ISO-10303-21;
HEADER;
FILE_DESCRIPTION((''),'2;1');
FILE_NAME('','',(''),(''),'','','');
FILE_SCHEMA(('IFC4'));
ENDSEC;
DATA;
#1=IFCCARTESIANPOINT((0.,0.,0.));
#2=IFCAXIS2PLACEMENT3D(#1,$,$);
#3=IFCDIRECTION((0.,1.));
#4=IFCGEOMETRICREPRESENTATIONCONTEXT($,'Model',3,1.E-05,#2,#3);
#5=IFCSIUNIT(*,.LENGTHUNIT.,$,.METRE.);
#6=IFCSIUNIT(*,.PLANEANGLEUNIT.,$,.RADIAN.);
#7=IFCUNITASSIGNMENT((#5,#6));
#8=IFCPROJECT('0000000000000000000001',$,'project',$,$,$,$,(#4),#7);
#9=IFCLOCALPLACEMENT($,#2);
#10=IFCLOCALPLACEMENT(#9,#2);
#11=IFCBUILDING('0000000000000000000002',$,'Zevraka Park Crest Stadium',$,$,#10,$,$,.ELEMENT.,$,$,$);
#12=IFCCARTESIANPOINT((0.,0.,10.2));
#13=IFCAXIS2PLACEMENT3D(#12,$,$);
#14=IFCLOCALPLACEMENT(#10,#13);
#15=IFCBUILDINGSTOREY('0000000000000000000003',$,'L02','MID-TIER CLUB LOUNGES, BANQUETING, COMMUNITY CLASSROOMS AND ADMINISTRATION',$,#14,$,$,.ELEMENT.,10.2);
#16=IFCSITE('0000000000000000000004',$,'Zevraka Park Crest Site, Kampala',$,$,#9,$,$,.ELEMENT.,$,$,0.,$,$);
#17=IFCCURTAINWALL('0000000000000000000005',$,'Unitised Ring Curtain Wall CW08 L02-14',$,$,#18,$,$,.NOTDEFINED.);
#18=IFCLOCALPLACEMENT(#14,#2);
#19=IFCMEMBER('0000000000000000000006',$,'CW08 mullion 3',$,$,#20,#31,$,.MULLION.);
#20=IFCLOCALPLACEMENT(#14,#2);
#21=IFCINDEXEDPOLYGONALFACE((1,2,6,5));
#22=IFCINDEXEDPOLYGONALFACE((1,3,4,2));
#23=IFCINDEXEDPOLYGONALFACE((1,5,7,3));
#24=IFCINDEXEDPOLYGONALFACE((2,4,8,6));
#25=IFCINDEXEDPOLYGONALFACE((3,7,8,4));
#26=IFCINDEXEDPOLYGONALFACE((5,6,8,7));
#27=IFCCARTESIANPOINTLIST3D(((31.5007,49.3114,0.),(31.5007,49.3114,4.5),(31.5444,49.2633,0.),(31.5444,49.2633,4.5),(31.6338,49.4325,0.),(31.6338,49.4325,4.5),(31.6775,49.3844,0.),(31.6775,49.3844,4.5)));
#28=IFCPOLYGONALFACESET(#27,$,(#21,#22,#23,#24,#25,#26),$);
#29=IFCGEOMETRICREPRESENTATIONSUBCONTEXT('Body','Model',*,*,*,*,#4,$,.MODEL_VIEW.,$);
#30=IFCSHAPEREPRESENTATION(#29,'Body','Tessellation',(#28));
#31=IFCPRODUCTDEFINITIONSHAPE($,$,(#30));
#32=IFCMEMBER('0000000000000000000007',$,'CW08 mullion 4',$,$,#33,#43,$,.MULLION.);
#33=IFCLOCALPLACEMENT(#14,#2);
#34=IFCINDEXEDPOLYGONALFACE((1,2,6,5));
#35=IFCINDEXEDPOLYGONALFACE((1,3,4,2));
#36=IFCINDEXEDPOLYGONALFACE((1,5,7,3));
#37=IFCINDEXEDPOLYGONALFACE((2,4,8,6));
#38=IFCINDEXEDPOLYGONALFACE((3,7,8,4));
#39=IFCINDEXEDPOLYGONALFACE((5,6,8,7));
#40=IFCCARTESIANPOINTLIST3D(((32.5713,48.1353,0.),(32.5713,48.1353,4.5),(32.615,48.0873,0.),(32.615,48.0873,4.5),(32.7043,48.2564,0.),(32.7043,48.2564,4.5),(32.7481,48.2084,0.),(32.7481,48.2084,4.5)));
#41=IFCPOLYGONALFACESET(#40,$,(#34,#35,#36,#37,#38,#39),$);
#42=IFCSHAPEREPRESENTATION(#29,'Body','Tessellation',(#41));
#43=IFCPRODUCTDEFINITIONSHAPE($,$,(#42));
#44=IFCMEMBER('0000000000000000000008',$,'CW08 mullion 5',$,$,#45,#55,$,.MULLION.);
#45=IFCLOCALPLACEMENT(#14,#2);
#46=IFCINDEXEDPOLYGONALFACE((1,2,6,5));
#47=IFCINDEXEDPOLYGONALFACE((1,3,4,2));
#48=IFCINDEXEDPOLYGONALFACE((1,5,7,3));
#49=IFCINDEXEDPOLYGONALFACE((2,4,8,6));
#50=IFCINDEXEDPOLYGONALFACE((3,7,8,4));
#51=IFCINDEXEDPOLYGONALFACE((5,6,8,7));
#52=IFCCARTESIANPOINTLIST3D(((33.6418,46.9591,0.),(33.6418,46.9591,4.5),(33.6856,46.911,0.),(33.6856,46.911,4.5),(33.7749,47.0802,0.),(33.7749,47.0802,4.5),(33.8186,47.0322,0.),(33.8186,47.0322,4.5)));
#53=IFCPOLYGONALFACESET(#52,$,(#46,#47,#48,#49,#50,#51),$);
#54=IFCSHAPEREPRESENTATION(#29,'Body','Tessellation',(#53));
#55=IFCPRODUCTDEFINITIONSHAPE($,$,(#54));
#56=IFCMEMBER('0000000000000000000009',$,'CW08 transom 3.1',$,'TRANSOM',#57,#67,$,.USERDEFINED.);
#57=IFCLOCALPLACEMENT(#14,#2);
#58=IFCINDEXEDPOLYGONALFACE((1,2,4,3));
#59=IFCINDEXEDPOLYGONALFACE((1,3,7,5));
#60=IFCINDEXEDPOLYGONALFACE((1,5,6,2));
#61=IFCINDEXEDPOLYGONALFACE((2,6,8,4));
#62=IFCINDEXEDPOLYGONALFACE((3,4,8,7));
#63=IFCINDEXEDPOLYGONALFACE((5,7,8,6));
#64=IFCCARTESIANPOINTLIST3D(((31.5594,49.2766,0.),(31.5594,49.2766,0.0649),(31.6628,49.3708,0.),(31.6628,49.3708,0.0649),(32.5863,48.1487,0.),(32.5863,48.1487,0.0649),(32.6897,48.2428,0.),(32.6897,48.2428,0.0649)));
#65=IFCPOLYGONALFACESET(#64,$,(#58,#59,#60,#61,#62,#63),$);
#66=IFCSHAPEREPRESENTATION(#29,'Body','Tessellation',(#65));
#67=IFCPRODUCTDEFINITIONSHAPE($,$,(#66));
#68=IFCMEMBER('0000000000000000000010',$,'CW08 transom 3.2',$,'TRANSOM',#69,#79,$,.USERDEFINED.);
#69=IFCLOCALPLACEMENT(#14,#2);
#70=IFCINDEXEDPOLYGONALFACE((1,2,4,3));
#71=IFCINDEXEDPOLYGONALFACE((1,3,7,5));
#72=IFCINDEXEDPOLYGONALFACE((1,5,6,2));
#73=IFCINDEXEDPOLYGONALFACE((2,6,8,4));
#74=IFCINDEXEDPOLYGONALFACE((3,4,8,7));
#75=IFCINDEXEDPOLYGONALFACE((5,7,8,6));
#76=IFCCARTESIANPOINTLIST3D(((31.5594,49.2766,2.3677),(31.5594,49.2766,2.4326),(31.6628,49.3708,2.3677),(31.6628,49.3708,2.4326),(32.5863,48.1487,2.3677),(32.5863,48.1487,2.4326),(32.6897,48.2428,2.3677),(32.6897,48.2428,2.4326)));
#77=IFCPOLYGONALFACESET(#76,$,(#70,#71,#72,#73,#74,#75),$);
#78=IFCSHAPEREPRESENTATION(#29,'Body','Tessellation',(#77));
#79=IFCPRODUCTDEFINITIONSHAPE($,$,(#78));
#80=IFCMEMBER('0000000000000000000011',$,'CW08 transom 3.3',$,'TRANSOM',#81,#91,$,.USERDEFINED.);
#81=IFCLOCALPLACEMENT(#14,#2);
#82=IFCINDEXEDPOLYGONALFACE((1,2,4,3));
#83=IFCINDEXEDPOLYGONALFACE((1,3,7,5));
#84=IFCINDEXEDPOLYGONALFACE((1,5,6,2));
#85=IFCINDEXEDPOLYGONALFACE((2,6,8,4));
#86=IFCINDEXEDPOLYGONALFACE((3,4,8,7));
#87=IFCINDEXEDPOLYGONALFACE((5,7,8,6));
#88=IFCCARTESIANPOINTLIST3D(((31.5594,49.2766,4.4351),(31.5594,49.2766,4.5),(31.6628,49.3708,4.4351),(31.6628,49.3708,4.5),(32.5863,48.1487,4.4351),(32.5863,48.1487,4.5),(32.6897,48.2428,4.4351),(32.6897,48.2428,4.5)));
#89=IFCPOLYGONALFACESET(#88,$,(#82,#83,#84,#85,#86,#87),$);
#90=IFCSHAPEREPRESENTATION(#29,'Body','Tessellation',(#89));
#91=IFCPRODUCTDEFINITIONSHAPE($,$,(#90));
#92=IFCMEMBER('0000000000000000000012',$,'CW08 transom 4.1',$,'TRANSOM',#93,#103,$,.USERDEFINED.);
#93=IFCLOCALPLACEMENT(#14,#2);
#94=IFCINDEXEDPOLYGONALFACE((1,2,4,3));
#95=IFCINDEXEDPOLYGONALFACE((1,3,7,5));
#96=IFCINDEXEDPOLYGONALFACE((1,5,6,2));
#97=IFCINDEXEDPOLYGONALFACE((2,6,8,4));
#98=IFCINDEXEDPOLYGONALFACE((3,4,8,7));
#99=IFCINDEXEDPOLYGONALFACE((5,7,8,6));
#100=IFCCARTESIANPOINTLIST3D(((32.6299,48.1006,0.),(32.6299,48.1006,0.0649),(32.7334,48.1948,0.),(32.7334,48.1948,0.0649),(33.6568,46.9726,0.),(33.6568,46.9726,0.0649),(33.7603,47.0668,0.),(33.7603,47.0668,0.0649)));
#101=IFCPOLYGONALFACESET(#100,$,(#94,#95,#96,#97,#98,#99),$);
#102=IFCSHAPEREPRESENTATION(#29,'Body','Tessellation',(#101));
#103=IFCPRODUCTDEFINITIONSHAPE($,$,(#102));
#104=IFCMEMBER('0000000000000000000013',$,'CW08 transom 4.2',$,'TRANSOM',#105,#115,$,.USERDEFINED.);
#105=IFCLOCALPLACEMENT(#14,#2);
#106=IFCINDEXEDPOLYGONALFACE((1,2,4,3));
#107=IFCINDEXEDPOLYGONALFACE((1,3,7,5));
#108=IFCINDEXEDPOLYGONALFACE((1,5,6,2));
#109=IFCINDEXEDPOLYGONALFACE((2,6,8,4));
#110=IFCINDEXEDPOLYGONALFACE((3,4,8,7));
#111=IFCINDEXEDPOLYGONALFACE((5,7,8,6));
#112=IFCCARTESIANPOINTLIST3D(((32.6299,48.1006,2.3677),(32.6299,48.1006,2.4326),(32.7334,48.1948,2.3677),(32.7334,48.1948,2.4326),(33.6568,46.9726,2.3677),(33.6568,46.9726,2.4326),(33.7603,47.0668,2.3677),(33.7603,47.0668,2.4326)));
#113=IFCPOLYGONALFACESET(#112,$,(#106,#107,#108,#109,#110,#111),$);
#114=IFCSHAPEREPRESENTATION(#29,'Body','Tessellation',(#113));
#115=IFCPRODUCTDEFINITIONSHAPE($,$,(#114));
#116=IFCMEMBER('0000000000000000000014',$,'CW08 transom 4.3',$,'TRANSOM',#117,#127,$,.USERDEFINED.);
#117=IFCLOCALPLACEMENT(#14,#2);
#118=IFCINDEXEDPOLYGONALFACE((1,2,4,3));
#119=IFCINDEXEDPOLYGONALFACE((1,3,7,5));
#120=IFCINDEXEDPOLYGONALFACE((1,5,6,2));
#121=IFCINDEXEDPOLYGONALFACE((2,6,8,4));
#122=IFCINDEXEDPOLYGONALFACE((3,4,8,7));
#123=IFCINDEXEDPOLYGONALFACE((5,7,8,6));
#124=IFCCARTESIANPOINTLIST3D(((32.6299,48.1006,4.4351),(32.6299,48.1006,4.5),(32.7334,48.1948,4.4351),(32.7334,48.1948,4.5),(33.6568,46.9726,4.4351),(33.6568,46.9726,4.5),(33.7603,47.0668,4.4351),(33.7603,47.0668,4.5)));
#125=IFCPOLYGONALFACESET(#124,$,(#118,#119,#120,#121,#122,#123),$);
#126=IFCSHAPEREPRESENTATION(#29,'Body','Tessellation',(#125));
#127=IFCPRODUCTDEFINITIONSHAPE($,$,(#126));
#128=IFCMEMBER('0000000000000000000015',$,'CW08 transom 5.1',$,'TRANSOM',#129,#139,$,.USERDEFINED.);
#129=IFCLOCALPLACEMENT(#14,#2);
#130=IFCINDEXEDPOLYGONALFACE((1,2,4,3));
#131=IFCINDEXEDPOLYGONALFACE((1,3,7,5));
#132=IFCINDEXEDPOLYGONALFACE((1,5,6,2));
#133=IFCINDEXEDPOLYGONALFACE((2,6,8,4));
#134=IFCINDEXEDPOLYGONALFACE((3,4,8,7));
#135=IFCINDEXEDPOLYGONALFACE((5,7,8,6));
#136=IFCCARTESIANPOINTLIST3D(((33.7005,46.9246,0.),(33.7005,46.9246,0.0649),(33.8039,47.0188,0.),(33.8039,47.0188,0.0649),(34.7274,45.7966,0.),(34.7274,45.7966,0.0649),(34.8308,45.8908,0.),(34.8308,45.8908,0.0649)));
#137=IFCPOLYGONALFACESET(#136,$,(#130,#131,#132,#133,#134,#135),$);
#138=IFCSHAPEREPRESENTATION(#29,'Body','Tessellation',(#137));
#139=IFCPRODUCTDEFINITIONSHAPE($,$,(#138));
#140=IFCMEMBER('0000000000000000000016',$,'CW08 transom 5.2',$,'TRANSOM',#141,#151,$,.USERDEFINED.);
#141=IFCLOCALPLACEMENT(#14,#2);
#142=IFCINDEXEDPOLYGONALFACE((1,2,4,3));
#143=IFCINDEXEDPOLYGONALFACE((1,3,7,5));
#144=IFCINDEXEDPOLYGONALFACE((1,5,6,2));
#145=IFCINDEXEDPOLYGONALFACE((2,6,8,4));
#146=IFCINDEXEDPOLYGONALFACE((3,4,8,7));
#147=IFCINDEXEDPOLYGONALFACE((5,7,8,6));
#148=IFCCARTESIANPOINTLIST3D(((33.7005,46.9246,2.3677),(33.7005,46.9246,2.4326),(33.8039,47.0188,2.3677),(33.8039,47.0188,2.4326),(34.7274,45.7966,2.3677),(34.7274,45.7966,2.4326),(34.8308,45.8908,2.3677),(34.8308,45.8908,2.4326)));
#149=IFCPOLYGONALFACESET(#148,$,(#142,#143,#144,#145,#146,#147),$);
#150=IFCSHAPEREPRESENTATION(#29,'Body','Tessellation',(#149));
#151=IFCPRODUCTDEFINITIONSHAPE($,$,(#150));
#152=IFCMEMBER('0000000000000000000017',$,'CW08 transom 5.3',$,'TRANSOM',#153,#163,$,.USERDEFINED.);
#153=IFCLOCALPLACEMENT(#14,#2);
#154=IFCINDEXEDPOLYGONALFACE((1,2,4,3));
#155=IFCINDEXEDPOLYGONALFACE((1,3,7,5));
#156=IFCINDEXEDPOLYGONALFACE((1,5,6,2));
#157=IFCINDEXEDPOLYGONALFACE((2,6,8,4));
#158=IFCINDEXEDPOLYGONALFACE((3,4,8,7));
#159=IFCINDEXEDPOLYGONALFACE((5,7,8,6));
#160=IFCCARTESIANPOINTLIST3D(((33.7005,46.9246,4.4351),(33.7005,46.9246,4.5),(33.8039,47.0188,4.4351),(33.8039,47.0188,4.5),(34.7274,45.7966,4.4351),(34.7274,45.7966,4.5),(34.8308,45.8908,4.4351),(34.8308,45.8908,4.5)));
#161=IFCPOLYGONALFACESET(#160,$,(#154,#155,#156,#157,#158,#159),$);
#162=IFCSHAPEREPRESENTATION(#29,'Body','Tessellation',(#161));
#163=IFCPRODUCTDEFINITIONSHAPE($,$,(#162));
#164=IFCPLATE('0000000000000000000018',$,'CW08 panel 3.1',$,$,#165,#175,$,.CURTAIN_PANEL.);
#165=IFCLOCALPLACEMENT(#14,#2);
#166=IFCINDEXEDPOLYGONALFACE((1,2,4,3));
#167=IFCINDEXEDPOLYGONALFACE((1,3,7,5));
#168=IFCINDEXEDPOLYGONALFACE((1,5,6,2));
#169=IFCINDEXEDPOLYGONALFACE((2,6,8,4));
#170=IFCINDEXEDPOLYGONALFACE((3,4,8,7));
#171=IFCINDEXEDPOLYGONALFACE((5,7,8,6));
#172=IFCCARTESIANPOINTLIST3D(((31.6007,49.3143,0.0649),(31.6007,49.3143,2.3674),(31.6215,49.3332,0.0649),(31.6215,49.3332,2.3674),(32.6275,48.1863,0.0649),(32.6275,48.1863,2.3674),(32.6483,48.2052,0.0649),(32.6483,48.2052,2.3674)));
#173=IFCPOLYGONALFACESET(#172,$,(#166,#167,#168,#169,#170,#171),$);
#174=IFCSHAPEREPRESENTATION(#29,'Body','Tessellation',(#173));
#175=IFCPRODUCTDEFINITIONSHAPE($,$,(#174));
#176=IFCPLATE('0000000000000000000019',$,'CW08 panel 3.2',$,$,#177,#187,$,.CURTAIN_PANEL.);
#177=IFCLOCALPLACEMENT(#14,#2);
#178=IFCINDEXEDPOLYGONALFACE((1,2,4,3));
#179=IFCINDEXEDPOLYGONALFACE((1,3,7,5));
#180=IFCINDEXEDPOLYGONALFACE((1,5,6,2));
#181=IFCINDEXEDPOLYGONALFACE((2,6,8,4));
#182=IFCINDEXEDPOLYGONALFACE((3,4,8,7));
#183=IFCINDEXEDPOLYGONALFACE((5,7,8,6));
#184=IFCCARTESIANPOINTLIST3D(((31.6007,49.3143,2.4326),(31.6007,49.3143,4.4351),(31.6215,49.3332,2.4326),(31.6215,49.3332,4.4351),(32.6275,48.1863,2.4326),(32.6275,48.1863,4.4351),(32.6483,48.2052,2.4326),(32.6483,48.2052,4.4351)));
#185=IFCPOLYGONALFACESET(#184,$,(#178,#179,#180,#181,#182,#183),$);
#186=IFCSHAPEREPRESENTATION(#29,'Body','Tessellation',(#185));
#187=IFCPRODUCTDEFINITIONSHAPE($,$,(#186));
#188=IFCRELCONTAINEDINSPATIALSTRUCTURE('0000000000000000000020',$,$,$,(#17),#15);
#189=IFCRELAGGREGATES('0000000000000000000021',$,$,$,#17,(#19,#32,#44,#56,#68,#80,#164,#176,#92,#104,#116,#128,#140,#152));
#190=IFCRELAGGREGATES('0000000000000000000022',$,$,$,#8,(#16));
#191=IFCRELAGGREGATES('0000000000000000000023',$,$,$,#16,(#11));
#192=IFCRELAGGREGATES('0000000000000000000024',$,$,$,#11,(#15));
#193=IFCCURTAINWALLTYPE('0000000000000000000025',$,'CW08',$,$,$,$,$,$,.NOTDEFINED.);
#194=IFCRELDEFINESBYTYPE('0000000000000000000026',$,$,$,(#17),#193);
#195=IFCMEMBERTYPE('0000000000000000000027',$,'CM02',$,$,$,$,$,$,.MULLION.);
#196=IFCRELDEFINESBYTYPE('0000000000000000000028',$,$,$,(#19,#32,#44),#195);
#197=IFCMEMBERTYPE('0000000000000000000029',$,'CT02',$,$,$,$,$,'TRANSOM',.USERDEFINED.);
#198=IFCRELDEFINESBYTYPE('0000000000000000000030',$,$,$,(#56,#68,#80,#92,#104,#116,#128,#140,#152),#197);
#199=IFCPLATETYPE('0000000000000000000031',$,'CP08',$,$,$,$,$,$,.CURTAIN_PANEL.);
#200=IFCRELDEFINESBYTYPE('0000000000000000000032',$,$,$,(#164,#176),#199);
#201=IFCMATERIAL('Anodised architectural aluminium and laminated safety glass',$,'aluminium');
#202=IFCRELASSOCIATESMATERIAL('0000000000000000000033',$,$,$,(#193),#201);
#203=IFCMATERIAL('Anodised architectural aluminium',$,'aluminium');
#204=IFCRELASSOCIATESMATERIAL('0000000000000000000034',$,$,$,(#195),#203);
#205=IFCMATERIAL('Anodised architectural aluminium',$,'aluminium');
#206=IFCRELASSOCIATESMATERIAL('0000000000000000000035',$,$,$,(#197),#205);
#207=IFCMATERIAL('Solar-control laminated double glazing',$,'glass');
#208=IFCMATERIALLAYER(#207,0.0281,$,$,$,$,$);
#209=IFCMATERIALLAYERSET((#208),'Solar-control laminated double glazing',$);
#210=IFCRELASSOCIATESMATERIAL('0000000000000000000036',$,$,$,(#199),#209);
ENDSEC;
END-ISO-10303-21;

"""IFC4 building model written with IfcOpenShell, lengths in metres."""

from ifc_helpers import new_model, si_unit, direction, frame, origin, origin_2d, place, context, subcontext, project, spatial, rectangle, extrude, material, layer, layer_set, material_profile, profile_set, type_object, element, aggregate, save


model = new_model("IFC4")

# Units and contexts
model_context = context("Model", 3, precision=1e-05, world=origin(), true_north=direction((0.0, 1.0)))
body_context = subcontext(model_context, "Body", "Model", "MODEL_VIEW")
ifc_project = project(units=[si_unit("LENGTHUNIT", "METRE"), si_unit("PLANEANGLEUNIT", "RADIAN")], contexts=[model_context])

# Site, building, storey
site_placement = place(None, origin())
site = spatial("IfcSite", under=ifc_project, at=site_placement, Name="Zevraka Park Crest Site, Kampala", CompositionType="ELEMENT", RefElevation=0.0)
building_placement = place(site_placement, origin())
building = spatial("IfcBuilding", under=site, at=building_placement, Name="Zevraka Park Crest Stadium", CompositionType="ELEMENT")
storey_placement = place(building_placement, frame((0.0, 0.0, 10.2)))
storey = spatial("IfcBuildingStorey", under=building, at=storey_placement, Name="L02", Description="MID-TIER CLUB LOUNGES, BANQUETING, COMMUNITY CLASSROOMS AND ADMINISTRATION", CompositionType="ELEMENT", Elevation=10.2)

# Curtain wall, members, plates
ifc_material_1 = material(Name="Anodised architectural aluminium and laminated safety glass", Category="aluminium")
curtain_wall_type = type_object("IfcCurtainWallType", Name="CW08", PredefinedType="NOTDEFINED", material=ifc_material_1)
curtain_wall_placement = place(storey_placement, origin())
curtain_wall = element("IfcCurtainWall", 1, at=curtain_wall_placement, inside=storey, type_object=curtain_wall_type, Name="Unitised Ring Curtain Wall CW08 L02-14", PredefinedType="NOTDEFINED")
ifc_material_2 = material(Name="Anodised architectural aluminium", Category="aluminium")
ifc_material_profile_1 = material_profile(ifc_material_2, rectangle(XDim=0.1799, YDim=0.0649, at=origin_2d()), Name="ALU MULLION 180x65")
ifc_profile_set_1 = profile_set([ifc_material_profile_1], Name="Anodised architectural aluminium")
member_type_1 = type_object("IfcMemberType", Name="CM02", PredefinedType="MULLION", material=ifc_profile_set_1)
member_1_placement = place(storey_placement, frame((31.5891, 49.3479, 0.0), z_axis=(0.0, 0.0, 1.0), x_axis=(0.739497, 0.67316, 0.0)))
member_1 = element("IfcMember", 2, at=member_1_placement, type_object=member_type_1, Name="CW08 mullion 3", PredefinedType="MULLION", context=body_context, shape_type="SweptSolid", body=[
    extrude(rectangle(XDim=0.1799, YDim=0.0649, at=origin_2d()), origin(), (0.0, 0.0, 1.0), 4.5),
])
member_2_placement = place(storey_placement, frame((32.6597, 48.1719, 0.0), z_axis=(0.0, 0.0, 1.0), x_axis=(0.739497, 0.67316, 0.0)))
member_2 = element("IfcMember", 3, at=member_2_placement, type_object=member_type_1, Name="CW08 mullion 4", PredefinedType="MULLION", context=body_context, shape_type="SweptSolid", body=[
    extrude(rectangle(XDim=0.1799, YDim=0.0649, at=origin_2d()), origin(), (0.0, 0.0, 1.0), 4.5),
])
member_3_placement = place(storey_placement, frame((33.7302, 46.9956, 0.0), z_axis=(0.0, 0.0, 1.0), x_axis=(0.739497, 0.67316, 0.0)))
member_3 = element("IfcMember", 4, at=member_3_placement, type_object=member_type_1, Name="CW08 mullion 5", PredefinedType="MULLION", context=body_context, shape_type="SweptSolid", body=[
    extrude(rectangle(XDim=0.1799, YDim=0.0649, at=origin_2d()), origin(), (0.0, 0.0, 1.0), 4.5),
])
ifc_material_3 = material(Name="Anodised architectural aluminium", Category="aluminium")
ifc_material_profile_2 = material_profile(ifc_material_3, rectangle(XDim=0.1399, YDim=0.0649, at=origin_2d()), Name="ALU TRANSOM 140x65")
ifc_profile_set_2 = profile_set([ifc_material_profile_2], Name="Anodised architectural aluminium")
member_type_2 = type_object("IfcMemberType", Name="CT02", ElementType="TRANSOM", PredefinedType="USERDEFINED", material=ifc_profile_set_2)
member_4_placement = place(storey_placement, frame((31.6111, 49.3237, 0.0325), z_axis=(0.673198, -0.739462, 0.0), x_axis=(0.739462, 0.673198, 0.0)))
member_4 = element("IfcMember", 5, at=member_4_placement, type_object=member_type_2, Name="CW08 transom 3.1", ObjectType="TRANSOM", PredefinedType="USERDEFINED", context=body_context, shape_type="SweptSolid", body=[
    extrude(rectangle(XDim=0.1399, YDim=0.0649, at=origin_2d()), origin(), (0.0, 0.0, 1.0), 1.5254),
])
member_5_placement = place(storey_placement, frame((31.6111, 49.3237, 2.4001), z_axis=(0.673198, -0.739462, 0.0), x_axis=(0.739462, 0.673198, 0.0)))
member_5 = element("IfcMember", 6, at=member_5_placement, type_object=member_type_2, Name="CW08 transom 3.2", ObjectType="TRANSOM", PredefinedType="USERDEFINED", context=body_context, shape_type="SweptSolid", body=[
    extrude(rectangle(XDim=0.1399, YDim=0.0649, at=origin_2d()), origin(), (0.0, 0.0, 1.0), 1.5254),
])
member_6_placement = place(storey_placement, frame((31.6111, 49.3237, 4.4675), z_axis=(0.673198, -0.739462, 0.0), x_axis=(0.739462, 0.673198, 0.0)))
member_6 = element("IfcMember", 7, at=member_6_placement, type_object=member_type_2, Name="CW08 transom 3.3", ObjectType="TRANSOM", PredefinedType="USERDEFINED", context=body_context, shape_type="SweptSolid", body=[
    extrude(rectangle(XDim=0.1399, YDim=0.0649, at=origin_2d()), origin(), (0.0, 0.0, 1.0), 1.5254),
])
member_7_placement = place(storey_placement, frame((32.6816, 48.1477, 0.0325), z_axis=(0.673198, -0.739462, 0.0), x_axis=(0.739462, 0.673198, 0.0)))
member_7 = element("IfcMember", 8, at=member_7_placement, type_object=member_type_2, Name="CW08 transom 4.1", ObjectType="TRANSOM", PredefinedType="USERDEFINED", context=body_context, shape_type="SweptSolid", body=[
    extrude(rectangle(XDim=0.1399, YDim=0.0649, at=origin_2d()), origin(), (0.0, 0.0, 1.0), 1.5254),
])
member_8_placement = place(storey_placement, frame((32.6816, 48.1477, 2.4001), z_axis=(0.673198, -0.739462, 0.0), x_axis=(0.739462, 0.673198, 0.0)))
member_8 = element("IfcMember", 9, at=member_8_placement, type_object=member_type_2, Name="CW08 transom 4.2", ObjectType="TRANSOM", PredefinedType="USERDEFINED", context=body_context, shape_type="SweptSolid", body=[
    extrude(rectangle(XDim=0.1399, YDim=0.0649, at=origin_2d()), origin(), (0.0, 0.0, 1.0), 1.5254),
])
member_9_placement = place(storey_placement, frame((32.6816, 48.1477, 4.4675), z_axis=(0.673198, -0.739462, 0.0), x_axis=(0.739462, 0.673198, 0.0)))
member_9 = element("IfcMember", 10, at=member_9_placement, type_object=member_type_2, Name="CW08 transom 4.3", ObjectType="TRANSOM", PredefinedType="USERDEFINED", context=body_context, shape_type="SweptSolid", body=[
    extrude(rectangle(XDim=0.1399, YDim=0.0649, at=origin_2d()), origin(), (0.0, 0.0, 1.0), 1.5254),
])
member_10_placement = place(storey_placement, frame((33.7522, 46.9717, 0.0325), z_axis=(0.673198, -0.739462, 0.0), x_axis=(0.739462, 0.673198, 0.0)))
member_10 = element("IfcMember", 11, at=member_10_placement, type_object=member_type_2, Name="CW08 transom 5.1", ObjectType="TRANSOM", PredefinedType="USERDEFINED", context=body_context, shape_type="SweptSolid", body=[
    extrude(rectangle(XDim=0.1399, YDim=0.0649, at=origin_2d()), origin(), (0.0, 0.0, 1.0), 1.5254),
])
member_11_placement = place(storey_placement, frame((33.7522, 46.9717, 2.4001), z_axis=(0.673198, -0.739462, 0.0), x_axis=(0.739462, 0.673198, 0.0)))
member_11 = element("IfcMember", 12, at=member_11_placement, type_object=member_type_2, Name="CW08 transom 5.2", ObjectType="TRANSOM", PredefinedType="USERDEFINED", context=body_context, shape_type="SweptSolid", body=[
    extrude(rectangle(XDim=0.1399, YDim=0.0649, at=origin_2d()), origin(), (0.0, 0.0, 1.0), 1.5254),
])
member_12_placement = place(storey_placement, frame((33.7522, 46.9717, 4.4675), z_axis=(0.673198, -0.739462, 0.0), x_axis=(0.739462, 0.673198, 0.0)))
member_12 = element("IfcMember", 13, at=member_12_placement, type_object=member_type_2, Name="CW08 transom 5.3", ObjectType="TRANSOM", PredefinedType="USERDEFINED", context=body_context, shape_type="SweptSolid", body=[
    extrude(rectangle(XDim=0.1399, YDim=0.0649, at=origin_2d()), origin(), (0.0, 0.0, 1.0), 1.5254),
])
ifc_material_4 = material(Name="Solar-control laminated double glazing", Category="glass")
ifc_layer_1 = layer(ifc_material_4, 0.0281)
ifc_layer_set_1 = layer_set([ifc_layer_1], Name="Solar-control laminated double glazing")
plate_type = type_object("IfcPlateType", Name="CP08", PredefinedType="CURTAIN_PANEL", material=ifc_layer_set_1)
plate_1_placement = place(storey_placement, frame((32.1245, 48.7598, 0.0649), z_axis=(0.0, 0.0, 1.0), x_axis=(0.67316, -0.739497, 0.0)))
plate_1 = element("IfcPlate", 14, at=plate_1_placement, type_object=plate_type, Name="CW08 panel 3.1", PredefinedType="CURTAIN_PANEL", context=body_context, shape_type="SweptSolid", body=[
    extrude(rectangle(XDim=1.5254, YDim=0.0281, at=origin_2d()), origin(), (0.0, 0.0, 1.0), 2.3025),
])
plate_2_placement = place(storey_placement, frame((32.1245, 48.7598, 2.4326), z_axis=(0.0, 0.0, 1.0), x_axis=(0.67316, -0.739497, 0.0)))
plate_2 = element("IfcPlate", 15, at=plate_2_placement, type_object=plate_type, Name="CW08 panel 3.2", PredefinedType="CURTAIN_PANEL", context=body_context, shape_type="SweptSolid", body=[
    extrude(rectangle(XDim=1.5254, YDim=0.0281, at=origin_2d()), origin(), (0.0, 0.0, 1.0), 2.0024),
])
aggregate(curtain_wall, [member_1, member_2, member_3, member_4, member_5, member_6, plate_1, plate_2, member_7, member_8, member_9, member_10, member_11, member_12])

save(model, "model.ifc")
